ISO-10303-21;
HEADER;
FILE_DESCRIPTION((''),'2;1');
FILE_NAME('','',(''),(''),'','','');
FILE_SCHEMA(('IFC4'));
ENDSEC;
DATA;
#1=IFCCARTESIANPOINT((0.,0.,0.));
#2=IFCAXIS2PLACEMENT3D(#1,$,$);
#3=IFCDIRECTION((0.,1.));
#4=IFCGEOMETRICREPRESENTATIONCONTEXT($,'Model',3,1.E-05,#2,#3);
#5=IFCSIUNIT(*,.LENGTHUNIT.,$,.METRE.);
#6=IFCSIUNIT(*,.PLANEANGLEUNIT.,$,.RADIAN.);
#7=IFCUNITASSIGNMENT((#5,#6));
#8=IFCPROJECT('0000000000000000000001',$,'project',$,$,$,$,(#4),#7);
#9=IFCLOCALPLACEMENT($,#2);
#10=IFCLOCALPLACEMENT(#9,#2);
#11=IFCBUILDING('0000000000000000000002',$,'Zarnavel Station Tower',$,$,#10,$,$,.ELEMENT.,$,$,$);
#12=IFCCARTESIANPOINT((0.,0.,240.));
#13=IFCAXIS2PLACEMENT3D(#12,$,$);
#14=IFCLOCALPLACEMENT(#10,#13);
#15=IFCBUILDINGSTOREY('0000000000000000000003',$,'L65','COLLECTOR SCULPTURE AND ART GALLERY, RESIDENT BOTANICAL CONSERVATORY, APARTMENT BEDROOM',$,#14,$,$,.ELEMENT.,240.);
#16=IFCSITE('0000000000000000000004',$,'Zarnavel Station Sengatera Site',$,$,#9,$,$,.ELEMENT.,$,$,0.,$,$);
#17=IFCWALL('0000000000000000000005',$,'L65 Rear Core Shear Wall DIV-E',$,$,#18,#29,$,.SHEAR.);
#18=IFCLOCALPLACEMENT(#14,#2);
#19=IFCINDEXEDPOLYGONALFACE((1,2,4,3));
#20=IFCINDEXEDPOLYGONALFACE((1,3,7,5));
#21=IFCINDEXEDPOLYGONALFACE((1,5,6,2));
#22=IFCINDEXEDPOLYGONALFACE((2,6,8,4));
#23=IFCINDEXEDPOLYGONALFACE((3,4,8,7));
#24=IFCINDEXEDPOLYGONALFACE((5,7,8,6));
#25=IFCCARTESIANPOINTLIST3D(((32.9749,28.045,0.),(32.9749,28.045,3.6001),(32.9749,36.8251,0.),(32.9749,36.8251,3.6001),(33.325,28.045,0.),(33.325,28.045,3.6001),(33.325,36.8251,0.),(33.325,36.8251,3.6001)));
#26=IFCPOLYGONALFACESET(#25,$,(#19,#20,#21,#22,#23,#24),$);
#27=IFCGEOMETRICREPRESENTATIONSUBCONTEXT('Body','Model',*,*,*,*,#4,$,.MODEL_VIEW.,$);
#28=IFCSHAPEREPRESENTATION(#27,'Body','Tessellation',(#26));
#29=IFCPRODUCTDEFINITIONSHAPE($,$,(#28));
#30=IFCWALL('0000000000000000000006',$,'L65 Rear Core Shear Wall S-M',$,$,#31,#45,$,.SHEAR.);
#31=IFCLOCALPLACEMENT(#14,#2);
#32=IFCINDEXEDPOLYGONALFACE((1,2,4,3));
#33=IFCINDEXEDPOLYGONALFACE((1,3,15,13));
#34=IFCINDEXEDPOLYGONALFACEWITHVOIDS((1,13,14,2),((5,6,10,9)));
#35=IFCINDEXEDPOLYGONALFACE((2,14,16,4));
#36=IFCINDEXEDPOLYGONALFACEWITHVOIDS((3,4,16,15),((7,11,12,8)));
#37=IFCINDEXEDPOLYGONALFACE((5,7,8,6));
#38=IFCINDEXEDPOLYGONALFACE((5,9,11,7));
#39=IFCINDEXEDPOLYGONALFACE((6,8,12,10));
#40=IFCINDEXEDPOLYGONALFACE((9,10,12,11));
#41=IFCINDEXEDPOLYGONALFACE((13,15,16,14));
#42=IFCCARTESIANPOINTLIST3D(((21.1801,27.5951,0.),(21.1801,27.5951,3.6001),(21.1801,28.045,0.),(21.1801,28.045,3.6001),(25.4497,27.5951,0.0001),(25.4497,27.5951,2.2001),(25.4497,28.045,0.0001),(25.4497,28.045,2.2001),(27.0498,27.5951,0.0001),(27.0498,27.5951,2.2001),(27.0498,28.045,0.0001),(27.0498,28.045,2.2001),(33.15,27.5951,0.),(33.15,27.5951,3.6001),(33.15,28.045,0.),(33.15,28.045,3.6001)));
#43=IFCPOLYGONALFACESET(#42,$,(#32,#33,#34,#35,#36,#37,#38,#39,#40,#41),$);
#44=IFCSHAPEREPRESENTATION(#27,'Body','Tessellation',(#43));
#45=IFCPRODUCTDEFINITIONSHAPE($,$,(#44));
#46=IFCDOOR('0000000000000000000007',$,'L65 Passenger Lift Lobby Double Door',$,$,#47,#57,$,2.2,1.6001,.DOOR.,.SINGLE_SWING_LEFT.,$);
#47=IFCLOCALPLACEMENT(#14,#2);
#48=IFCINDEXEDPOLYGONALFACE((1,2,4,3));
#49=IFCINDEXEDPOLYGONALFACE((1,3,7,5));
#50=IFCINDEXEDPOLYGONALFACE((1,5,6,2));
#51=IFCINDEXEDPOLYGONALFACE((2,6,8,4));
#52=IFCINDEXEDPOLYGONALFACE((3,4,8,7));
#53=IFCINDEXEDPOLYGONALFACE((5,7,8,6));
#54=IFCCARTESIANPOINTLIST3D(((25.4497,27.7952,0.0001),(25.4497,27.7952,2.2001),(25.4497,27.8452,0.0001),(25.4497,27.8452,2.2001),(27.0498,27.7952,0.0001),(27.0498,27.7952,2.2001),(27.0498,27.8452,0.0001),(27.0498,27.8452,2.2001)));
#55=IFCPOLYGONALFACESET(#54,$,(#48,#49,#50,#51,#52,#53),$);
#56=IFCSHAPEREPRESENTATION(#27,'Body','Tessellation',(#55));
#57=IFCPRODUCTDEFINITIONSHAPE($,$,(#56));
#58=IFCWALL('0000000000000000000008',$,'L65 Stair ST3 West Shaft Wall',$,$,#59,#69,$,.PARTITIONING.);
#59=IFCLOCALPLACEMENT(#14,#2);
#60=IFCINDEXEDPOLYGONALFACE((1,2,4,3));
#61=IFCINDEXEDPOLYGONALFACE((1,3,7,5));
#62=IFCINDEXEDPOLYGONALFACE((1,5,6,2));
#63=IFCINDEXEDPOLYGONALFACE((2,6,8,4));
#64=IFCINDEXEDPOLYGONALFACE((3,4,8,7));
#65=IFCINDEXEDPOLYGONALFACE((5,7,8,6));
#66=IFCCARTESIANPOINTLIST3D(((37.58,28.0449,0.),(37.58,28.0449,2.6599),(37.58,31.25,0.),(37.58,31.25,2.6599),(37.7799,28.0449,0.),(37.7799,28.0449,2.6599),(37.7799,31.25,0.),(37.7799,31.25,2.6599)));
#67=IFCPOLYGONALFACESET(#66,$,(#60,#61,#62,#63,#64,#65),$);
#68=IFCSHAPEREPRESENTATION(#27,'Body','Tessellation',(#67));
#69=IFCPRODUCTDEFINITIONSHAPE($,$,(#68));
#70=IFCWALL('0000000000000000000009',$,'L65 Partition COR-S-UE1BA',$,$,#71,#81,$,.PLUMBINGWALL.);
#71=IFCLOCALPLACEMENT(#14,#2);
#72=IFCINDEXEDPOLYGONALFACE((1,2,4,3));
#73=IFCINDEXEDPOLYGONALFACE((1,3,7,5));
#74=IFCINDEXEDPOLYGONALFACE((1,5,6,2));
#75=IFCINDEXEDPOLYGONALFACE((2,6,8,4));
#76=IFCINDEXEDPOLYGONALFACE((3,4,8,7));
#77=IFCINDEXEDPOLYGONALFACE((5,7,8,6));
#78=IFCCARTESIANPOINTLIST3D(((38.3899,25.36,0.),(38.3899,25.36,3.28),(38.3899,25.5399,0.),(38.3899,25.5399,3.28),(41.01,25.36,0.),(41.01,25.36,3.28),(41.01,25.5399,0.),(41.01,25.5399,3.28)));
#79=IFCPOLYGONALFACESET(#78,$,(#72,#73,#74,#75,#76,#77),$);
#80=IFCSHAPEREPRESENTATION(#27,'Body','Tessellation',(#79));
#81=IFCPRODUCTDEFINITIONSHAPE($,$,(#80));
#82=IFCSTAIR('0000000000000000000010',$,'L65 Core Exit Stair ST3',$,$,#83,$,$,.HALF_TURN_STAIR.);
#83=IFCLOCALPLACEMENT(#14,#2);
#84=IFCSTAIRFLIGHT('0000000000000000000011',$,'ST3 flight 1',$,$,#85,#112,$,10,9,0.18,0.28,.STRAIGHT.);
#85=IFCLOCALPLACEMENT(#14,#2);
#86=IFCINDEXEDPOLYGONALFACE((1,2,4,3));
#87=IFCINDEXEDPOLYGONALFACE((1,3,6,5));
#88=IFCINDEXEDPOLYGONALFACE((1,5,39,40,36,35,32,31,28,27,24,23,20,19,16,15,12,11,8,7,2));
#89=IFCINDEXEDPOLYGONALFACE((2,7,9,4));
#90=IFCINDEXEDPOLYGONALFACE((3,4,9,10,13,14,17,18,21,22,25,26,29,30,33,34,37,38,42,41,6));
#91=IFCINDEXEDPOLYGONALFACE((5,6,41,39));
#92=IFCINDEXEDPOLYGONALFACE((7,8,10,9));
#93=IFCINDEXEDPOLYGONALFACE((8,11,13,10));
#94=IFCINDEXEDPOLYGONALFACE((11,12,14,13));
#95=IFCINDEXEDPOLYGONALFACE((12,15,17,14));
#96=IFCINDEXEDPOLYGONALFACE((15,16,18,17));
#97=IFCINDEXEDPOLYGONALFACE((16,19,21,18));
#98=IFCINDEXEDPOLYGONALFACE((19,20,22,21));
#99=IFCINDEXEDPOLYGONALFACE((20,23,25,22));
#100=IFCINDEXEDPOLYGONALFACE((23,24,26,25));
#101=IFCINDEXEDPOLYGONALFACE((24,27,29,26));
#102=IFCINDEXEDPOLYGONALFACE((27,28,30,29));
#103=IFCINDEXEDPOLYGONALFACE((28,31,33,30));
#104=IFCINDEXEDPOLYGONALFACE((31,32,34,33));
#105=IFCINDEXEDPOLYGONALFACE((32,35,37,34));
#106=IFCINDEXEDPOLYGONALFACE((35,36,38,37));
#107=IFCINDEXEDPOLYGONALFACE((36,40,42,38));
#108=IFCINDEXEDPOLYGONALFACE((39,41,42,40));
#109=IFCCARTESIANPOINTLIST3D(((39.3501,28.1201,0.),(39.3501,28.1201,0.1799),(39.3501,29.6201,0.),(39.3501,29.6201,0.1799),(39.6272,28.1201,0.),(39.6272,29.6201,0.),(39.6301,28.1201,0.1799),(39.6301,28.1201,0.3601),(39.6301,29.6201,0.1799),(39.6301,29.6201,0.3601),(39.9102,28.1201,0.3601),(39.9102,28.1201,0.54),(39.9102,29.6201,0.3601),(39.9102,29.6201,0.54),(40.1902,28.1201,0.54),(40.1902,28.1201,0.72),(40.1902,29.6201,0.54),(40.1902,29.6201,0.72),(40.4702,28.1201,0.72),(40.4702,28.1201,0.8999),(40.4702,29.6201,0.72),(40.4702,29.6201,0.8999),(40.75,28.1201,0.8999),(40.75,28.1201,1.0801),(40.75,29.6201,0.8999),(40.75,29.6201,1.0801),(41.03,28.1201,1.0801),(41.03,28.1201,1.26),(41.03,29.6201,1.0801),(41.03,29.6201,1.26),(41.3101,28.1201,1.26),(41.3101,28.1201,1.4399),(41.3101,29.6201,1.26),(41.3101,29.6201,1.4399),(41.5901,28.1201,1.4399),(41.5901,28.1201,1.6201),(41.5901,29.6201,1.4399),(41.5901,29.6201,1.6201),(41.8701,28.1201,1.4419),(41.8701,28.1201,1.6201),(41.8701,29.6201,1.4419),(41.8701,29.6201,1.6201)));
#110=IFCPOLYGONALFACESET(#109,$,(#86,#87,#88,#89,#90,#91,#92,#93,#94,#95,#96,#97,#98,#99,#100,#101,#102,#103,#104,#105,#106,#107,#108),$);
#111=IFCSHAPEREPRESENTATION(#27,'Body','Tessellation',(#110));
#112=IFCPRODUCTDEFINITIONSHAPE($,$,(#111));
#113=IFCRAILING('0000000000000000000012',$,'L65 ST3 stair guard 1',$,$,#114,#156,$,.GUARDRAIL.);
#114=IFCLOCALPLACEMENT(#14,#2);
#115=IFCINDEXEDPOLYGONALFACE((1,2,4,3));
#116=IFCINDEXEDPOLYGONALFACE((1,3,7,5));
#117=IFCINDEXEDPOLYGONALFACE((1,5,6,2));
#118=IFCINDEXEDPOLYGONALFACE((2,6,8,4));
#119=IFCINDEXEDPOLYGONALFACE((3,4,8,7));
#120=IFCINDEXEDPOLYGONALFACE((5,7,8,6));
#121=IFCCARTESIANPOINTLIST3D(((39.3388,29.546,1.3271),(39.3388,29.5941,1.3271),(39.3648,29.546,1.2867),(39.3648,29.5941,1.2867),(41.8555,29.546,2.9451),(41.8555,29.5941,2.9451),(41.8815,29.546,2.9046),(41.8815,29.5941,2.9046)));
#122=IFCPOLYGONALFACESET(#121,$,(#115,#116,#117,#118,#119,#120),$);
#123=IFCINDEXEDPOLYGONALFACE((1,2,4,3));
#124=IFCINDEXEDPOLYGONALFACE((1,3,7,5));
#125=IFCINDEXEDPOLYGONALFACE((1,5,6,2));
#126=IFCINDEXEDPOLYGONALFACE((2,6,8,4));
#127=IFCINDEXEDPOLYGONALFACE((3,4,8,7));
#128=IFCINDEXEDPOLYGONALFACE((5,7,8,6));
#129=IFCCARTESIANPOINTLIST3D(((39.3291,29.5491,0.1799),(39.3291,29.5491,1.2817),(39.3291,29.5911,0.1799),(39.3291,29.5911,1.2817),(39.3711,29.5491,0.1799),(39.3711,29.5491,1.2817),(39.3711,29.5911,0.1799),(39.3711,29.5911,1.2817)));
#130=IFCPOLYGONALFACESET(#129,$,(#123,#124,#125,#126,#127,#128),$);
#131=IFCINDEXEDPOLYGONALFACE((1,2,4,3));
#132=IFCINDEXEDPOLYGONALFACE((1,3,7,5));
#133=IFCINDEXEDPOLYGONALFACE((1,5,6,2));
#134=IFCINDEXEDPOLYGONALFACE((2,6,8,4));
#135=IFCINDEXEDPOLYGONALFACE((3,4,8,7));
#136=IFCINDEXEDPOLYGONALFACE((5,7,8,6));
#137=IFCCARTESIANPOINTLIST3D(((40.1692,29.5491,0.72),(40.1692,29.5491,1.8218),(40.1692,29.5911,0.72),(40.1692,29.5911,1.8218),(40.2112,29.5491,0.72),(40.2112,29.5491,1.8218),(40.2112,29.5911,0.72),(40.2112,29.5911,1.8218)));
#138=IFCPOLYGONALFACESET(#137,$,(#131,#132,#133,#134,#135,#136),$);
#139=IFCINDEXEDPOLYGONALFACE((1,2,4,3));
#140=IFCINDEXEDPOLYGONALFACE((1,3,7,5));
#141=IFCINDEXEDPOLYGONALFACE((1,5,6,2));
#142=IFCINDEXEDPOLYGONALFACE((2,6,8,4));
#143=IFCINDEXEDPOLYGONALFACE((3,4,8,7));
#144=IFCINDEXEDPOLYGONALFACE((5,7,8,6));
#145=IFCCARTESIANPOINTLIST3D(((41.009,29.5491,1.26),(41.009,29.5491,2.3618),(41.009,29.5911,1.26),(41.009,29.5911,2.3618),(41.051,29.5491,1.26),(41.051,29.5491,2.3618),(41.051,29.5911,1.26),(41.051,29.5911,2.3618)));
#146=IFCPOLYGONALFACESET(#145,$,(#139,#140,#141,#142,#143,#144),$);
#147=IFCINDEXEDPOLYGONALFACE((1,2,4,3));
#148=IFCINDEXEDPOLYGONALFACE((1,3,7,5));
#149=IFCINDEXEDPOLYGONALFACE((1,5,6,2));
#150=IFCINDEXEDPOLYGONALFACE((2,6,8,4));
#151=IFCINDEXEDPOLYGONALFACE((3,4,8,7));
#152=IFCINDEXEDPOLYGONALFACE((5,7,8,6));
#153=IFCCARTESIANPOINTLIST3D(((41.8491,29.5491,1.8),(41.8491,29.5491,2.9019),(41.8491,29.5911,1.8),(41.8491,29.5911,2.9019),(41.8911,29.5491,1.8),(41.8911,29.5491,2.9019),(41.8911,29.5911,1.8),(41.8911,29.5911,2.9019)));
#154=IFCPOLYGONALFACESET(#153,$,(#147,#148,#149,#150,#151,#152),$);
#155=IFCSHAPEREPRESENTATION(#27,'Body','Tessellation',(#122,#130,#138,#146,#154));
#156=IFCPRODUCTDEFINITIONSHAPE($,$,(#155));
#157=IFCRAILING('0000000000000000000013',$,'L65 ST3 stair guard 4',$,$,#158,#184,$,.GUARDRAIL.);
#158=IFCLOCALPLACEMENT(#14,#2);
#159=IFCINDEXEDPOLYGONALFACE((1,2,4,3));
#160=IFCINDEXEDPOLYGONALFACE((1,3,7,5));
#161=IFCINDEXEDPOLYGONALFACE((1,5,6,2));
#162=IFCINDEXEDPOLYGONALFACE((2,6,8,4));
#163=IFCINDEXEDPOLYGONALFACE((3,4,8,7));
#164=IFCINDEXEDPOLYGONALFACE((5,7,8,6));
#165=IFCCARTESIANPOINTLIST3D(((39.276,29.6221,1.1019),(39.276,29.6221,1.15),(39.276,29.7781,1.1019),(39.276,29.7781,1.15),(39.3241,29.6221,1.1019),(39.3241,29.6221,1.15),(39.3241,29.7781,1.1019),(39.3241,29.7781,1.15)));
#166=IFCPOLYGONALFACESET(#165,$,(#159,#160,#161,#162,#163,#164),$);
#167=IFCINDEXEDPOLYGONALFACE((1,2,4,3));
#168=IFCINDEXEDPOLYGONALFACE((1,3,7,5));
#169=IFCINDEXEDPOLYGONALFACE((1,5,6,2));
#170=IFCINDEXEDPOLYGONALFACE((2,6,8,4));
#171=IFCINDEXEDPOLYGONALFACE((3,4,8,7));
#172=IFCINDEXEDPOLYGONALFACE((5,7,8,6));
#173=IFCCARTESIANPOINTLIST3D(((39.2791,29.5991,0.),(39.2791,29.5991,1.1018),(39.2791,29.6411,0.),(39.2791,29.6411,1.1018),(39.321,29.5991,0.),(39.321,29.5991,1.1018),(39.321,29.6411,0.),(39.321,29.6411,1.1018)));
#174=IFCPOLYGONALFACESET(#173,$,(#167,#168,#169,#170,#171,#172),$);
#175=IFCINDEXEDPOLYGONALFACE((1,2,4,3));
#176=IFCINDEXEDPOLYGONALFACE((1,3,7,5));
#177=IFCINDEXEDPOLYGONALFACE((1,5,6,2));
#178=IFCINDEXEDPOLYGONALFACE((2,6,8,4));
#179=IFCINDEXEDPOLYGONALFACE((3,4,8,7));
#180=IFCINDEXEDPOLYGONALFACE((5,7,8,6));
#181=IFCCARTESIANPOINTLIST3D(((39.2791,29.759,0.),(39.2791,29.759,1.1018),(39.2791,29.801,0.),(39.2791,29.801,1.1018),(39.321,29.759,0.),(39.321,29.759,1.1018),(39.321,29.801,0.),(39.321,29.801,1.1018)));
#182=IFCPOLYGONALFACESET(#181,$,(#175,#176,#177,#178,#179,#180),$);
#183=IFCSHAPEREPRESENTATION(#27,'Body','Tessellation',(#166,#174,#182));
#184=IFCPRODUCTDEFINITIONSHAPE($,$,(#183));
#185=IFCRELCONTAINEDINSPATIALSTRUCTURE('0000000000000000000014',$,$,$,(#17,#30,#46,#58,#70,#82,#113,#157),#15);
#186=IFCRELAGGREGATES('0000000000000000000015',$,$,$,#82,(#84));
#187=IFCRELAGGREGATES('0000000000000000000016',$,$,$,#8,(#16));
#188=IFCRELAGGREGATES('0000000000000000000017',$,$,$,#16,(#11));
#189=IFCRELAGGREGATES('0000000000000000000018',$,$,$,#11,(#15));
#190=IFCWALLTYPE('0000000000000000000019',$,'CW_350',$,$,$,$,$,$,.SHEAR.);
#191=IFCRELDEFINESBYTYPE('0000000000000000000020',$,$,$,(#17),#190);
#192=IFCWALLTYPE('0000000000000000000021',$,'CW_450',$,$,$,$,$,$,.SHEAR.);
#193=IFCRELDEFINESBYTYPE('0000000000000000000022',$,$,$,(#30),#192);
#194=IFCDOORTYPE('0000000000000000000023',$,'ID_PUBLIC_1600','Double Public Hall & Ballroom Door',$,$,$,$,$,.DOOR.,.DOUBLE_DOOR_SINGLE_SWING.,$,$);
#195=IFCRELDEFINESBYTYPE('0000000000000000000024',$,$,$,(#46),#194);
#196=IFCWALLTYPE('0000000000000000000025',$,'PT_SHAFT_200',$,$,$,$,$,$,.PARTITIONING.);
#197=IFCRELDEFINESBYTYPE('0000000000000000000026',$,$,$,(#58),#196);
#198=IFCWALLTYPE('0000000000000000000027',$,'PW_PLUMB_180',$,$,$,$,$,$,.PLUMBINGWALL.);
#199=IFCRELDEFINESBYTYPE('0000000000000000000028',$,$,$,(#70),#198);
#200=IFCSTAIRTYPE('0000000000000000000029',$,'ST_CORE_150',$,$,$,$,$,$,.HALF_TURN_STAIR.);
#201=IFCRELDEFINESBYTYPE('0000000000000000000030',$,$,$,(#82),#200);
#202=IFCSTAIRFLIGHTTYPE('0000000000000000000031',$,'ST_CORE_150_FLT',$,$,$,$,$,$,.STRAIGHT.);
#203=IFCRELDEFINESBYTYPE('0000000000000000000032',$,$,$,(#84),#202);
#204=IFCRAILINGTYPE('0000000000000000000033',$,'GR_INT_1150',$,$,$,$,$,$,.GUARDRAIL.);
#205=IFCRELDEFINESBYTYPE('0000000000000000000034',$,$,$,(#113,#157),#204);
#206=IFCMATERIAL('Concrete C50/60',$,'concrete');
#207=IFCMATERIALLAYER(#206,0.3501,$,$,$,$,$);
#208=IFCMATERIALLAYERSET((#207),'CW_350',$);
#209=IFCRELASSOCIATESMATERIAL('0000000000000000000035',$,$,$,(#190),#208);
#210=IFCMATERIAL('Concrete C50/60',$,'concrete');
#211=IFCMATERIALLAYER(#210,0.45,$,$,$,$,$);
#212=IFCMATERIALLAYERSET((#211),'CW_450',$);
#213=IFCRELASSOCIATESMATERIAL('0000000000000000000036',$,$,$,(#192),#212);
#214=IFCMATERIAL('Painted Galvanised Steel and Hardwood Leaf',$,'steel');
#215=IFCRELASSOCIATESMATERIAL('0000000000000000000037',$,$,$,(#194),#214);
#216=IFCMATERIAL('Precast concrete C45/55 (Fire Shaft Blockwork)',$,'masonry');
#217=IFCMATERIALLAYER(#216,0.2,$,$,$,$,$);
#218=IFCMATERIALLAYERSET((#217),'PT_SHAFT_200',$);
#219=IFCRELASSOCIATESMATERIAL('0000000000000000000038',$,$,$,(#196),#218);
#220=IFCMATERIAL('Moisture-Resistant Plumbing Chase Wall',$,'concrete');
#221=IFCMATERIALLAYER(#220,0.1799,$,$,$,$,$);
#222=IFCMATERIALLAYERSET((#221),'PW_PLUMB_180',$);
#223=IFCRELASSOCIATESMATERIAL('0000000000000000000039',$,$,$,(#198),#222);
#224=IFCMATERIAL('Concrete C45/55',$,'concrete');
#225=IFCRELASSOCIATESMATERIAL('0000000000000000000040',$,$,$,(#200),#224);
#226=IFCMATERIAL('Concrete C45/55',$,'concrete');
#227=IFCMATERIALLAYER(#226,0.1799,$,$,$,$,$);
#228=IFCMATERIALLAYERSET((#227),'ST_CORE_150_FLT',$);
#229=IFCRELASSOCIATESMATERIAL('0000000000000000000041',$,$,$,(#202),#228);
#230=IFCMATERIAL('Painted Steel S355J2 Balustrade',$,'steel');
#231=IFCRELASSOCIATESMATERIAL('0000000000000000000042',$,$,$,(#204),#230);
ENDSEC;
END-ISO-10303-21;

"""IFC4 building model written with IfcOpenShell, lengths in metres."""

from ifc_helpers import new_model, si_unit, direction, frame, frame_2d, origin, origin_2d, place, context, subcontext, project, spatial, polyline, rectangle, outline, extrude, material, layer, layer_set, type_object, element, fill, aggregate, save


model = new_model("IFC4")

# Units and contexts
model_context = context("Model", 3, precision=1e-05, world=origin(), true_north=direction((0.0, 1.0)))
body_context = subcontext(model_context, "Body", "Model", "MODEL_VIEW")
ifc_project = project(units=[si_unit("LENGTHUNIT", "METRE"), si_unit("PLANEANGLEUNIT", "RADIAN")], contexts=[model_context])

# Site, building, storey
site_placement = place(None, origin())
site = spatial("IfcSite", under=ifc_project, at=site_placement, Name="Zarnavel Station Sengatera Site", CompositionType="ELEMENT", RefElevation=0.0)
building_placement = place(site_placement, origin())
building = spatial("IfcBuilding", under=site, at=building_placement, Name="Zarnavel Station Tower", CompositionType="ELEMENT")
storey_placement = place(building_placement, frame((0.0, 0.0, 240.0)))
storey = spatial("IfcBuildingStorey", under=building, at=storey_placement, Name="L65", Description="COLLECTOR SCULPTURE AND ART GALLERY, RESIDENT BOTANICAL CONSERVATORY, APARTMENT BEDROOM", CompositionType="ELEMENT", Elevation=240.0)

# Wall
ifc_material_1 = material(Name="Concrete C50/60", Category="concrete")
ifc_layer_1 = layer(ifc_material_1, 0.3501)
ifc_layer_set_1 = layer_set([ifc_layer_1], Name="CW_350")
wall_type_1 = type_object("IfcWallType", Name="CW_350", PredefinedType="SHEAR", material=ifc_layer_set_1)
wall_1_placement = place(storey_placement, frame((33.1499, 28.0449, 0.0), z_axis=(0.0, 0.0, 1.0), x_axis=(0.0, 1.0, 0.0)))
element("IfcWall", 1, at=wall_1_placement, inside=storey, type_object=wall_type_1, Name="L65 Rear Core Shear Wall DIV-E", PredefinedType="SHEAR", context=body_context, shape_type="SweptSolid", body=[
    extrude(rectangle(XDim=8.78, YDim=0.3501, at=frame_2d((4.3901, 0.0))), origin(), (0.0, 0.0, 1.0), 3.6001),
])

# Wall, opening, door
ifc_material_2 = material(Name="Concrete C50/60", Category="concrete")
ifc_layer_2 = layer(ifc_material_2, 0.45)
ifc_layer_set_2 = layer_set([ifc_layer_2], Name="CW_450")
wall_type_2 = type_object("IfcWallType", Name="CW_450", PredefinedType="SHEAR", material=ifc_layer_set_2)
wall_2_placement = place(storey_placement, frame((33.1499, 27.8201, 0.0), z_axis=(0.0, 0.0, 1.0), x_axis=(-1.0, 0.0, 0.0)))
wall_2 = element("IfcWall", 2, at=wall_2_placement, inside=storey, type_object=wall_type_2, Name="L65 Rear Core Shear Wall S-M", PredefinedType="SHEAR", context=body_context, shape_type="SweptSolid", body=[
    extrude(rectangle(XDim=11.97, YDim=0.45, at=frame_2d((5.9849, 0.0))), origin(), (0.0, 0.0, 1.0), 3.6001),
])
opening_1_placement = place(wall_2_placement, frame((6.1001, 0.0, 0.0)))
opening_1 = element("IfcOpeningElement", 3, at=opening_1_placement, cuts=wall_2, PredefinedType="OPENING", context=body_context, shape_type="SweptSolid", body=[
    extrude(rectangle(XDim=1.6001, YDim=2.2, at=frame_2d((0.8, 1.1001))), frame((0.0, 0.2349, 0.0), z_axis=(0.0, -1.0, 0.0), x_axis=(1.0, 0.0, 0.0)), (0.0, 0.0, 1.0), 0.47),
])
ifc_material_3 = material(Name="Painted Galvanised Steel and Hardwood Leaf", Category="steel")
door_type_1 = type_object("IfcDoorType", Name="ID_PUBLIC_1600", Description="Double Public Hall & Ballroom Door", OperationType="DOUBLE_DOOR_SINGLE_SWING", PredefinedType="DOOR", material=ifc_material_3)
door_1_placement = place(opening_1_placement, origin())
door_1 = element("IfcDoor", 4, at=door_1_placement, inside=storey, type_object=door_type_1, Name="L65 Passenger Lift Lobby Double Door", OperationType="SINGLE_SWING_LEFT", OverallHeight=2.2, OverallWidth=1.6001, PredefinedType="DOOR", context=body_context, shape_type="SweptSolid", body=[
    extrude(rectangle(XDim=1.6001, YDim=2.2, at=frame_2d((0.8, 1.1001))), frame((0.0, 0.0249, 0.0), z_axis=(0.0, -1.0, 0.0), x_axis=(1.0, 0.0, 0.0)), (0.0, 0.0, 1.0), 0.05),
])
fill(opening_1, door_1)

# Walls
ifc_material_4 = material(Name="Precast concrete C45/55 (Fire Shaft Blockwork)", Category="masonry")
ifc_layer_3 = layer(ifc_material_4, 0.2)
ifc_layer_set_3 = layer_set([ifc_layer_3], Name="PT_SHAFT_200")
wall_type_3 = type_object("IfcWallType", Name="PT_SHAFT_200", PredefinedType="PARTITIONING", material=ifc_layer_set_3)
wall_3_placement = place(storey_placement, frame((37.6799, 28.0449, 0.0), z_axis=(0.0, 0.0, 1.0), x_axis=(0.0, 1.0, 0.0)))
element("IfcWall", 5, at=wall_3_placement, inside=storey, type_object=wall_type_3, Name="L65 Stair ST3 West Shaft Wall", PredefinedType="PARTITIONING", context=body_context, shape_type="SweptSolid", body=[
    extrude(rectangle(XDim=3.2051, YDim=0.2, at=frame_2d((1.6025, 0.0))), origin(), (0.0, 0.0, 1.0), 2.6599),
])
ifc_material_5 = material(Name="Moisture-Resistant Plumbing Chase Wall", Category="concrete")
ifc_layer_4 = layer(ifc_material_5, 0.1799)
ifc_layer_set_4 = layer_set([ifc_layer_4], Name="PW_PLUMB_180")
wall_type_4 = type_object("IfcWallType", Name="PW_PLUMB_180", PredefinedType="PLUMBINGWALL", material=ifc_layer_set_4)
wall_4_placement = place(storey_placement, frame((38.3899, 25.45, 0.0), z_axis=(0.0, 0.0, 1.0), x_axis=(1.0, 0.0, 0.0)))
element("IfcWall", 6, at=wall_4_placement, inside=storey, type_object=wall_type_4, Name="L65 Partition COR-S-UE1BA", PredefinedType="PLUMBINGWALL", context=body_context, shape_type="SweptSolid", body=[
    extrude(rectangle(XDim=2.6201, YDim=0.1799, at=frame_2d((1.3101, 0.0))), origin(), (0.0, 0.0, 1.0), 3.28),
])

# Stair, stair flight
ifc_material_6 = material(Name="Concrete C45/55", Category="concrete")
stair_type = type_object("IfcStairType", Name="ST_CORE_150", PredefinedType="HALF_TURN_STAIR", material=ifc_material_6)
stair_placement = place(storey_placement, origin())
stair = element("IfcStair", 7, at=stair_placement, inside=storey, type_object=stair_type, Name="L65 Core Exit Stair ST3", PredefinedType="HALF_TURN_STAIR")
ifc_material_7 = material(Name="Concrete C45/55", Category="concrete")
ifc_layer_5 = layer(ifc_material_7, 0.1799)
ifc_layer_set_5 = layer_set([ifc_layer_5], Name="ST_CORE_150_FLT")
stair_flight_type = type_object("IfcStairFlightType", Name="ST_CORE_150_FLT", PredefinedType="STRAIGHT", material=ifc_layer_set_5)
stair_flight_placement = place(storey_placement, frame((39.3501, 28.8701, 0.0), z_axis=(0.0, 0.0, 1.0), x_axis=(1.0, 0.0, 0.0)))
stair_flight = element("IfcStairFlight", 8, at=stair_flight_placement, type_object=stair_flight_type, Name="ST3 flight 1", NumberOfRisers=10, NumberOfTreads=9, PredefinedType="STRAIGHT", RiserHeight=0.18, TreadLength=0.28, context=body_context, shape_type="SweptSolid", body=[
    extrude(outline(polyline([(0.0, 0.0), (0.0, 0.1799), (0.28, 0.1799), (0.28, 0.3601), (0.5601, 0.3601), (0.5601, 0.54), (0.8401, 0.54), (0.8401, 0.72), (1.1201, 0.72), (1.1201, 0.8999), (1.3999, 0.8999), (1.3999, 1.0801), (1.6799, 1.0801), (1.6799, 1.26), (1.96, 1.26), (1.96, 1.4399), (2.24, 1.4399), (2.24, 1.6201), (2.52, 1.6201), (2.52, 1.8), (2.52, 1.4419), (0.2771, 0.0), (0.0, 0.0)])), frame((0.0, 0.75, 0.0), z_axis=(0.0, -1.0, 0.0), x_axis=(1.0, 0.0, 0.0)), (0.0, 0.0, 1.0), 1.5),
])
aggregate(stair, [stair_flight])

# Railings
ifc_material_8 = material(Name="Painted Steel S355J2 Balustrade", Category="steel")
railing_type_1 = type_object("IfcRailingType", Name="GR_INT_1150", PredefinedType="GUARDRAIL", material=ifc_material_8)
railing_1_placement = place(storey_placement, frame((39.3501, 29.5701, 0.1799)))
element("IfcRailing", 9, at=railing_1_placement, inside=storey, type_object=railing_type_1, Name="L65 ST3 stair guard 1", PredefinedType="GUARDRAIL", context=body_context, shape_type="SweptSolid", body=[
    extrude(rectangle(XDim=0.0481, YDim=0.0481, at=origin_2d()), frame((0.0017, 0.0, 1.127), z_axis=(0.841163, 0.0, 0.540782), x_axis=(0.0, 1.0, 0.0)), (0.0, 0.0, 1.0), 2.9919),
    extrude(rectangle(XDim=0.042, YDim=0.042, at=origin_2d()), origin(), (0.0, 0.0, 1.0), 1.1018),
    extrude(rectangle(XDim=0.042, YDim=0.042, at=origin_2d()), frame((0.8401, 0.0, 0.54)), (0.0, 0.0, 1.0), 1.1018),
    extrude(rectangle(XDim=0.042, YDim=0.042, at=origin_2d()), frame((1.6799, 0.0, 1.0801)), (0.0, 0.0, 1.0), 1.1018),
    extrude(rectangle(XDim=0.042, YDim=0.042, at=origin_2d()), frame((2.52, 0.0, 1.6201)), (0.0, 0.0, 1.0), 1.1018),
])
railing_2_placement = place(storey_placement, frame((39.3, 29.6201, 0.0)))
element("IfcRailing", 10, at=railing_2_placement, inside=storey, type_object=railing_type_1, Name="L65 ST3 stair guard 4", PredefinedType="GUARDRAIL", context=body_context, shape_type="SweptSolid", body=[
    extrude(rectangle(XDim=0.0481, YDim=0.0481, at=origin_2d()), frame((0.0, 0.002, 1.126), z_axis=(0.0, 1.0, 0.0), x_axis=(-1.0, 0.0, 0.0)), (0.0, 0.0, 1.0), 0.156),
    extrude(rectangle(XDim=0.042, YDim=0.042, at=origin_2d()), origin(), (0.0, 0.0, 1.0), 1.1018),
    extrude(rectangle(XDim=0.042, YDim=0.042, at=origin_2d()), frame((0.0, 0.1599, 0.0)), (0.0, 0.0, 1.0), 1.1018),
])

save(model, "model.ifc")
